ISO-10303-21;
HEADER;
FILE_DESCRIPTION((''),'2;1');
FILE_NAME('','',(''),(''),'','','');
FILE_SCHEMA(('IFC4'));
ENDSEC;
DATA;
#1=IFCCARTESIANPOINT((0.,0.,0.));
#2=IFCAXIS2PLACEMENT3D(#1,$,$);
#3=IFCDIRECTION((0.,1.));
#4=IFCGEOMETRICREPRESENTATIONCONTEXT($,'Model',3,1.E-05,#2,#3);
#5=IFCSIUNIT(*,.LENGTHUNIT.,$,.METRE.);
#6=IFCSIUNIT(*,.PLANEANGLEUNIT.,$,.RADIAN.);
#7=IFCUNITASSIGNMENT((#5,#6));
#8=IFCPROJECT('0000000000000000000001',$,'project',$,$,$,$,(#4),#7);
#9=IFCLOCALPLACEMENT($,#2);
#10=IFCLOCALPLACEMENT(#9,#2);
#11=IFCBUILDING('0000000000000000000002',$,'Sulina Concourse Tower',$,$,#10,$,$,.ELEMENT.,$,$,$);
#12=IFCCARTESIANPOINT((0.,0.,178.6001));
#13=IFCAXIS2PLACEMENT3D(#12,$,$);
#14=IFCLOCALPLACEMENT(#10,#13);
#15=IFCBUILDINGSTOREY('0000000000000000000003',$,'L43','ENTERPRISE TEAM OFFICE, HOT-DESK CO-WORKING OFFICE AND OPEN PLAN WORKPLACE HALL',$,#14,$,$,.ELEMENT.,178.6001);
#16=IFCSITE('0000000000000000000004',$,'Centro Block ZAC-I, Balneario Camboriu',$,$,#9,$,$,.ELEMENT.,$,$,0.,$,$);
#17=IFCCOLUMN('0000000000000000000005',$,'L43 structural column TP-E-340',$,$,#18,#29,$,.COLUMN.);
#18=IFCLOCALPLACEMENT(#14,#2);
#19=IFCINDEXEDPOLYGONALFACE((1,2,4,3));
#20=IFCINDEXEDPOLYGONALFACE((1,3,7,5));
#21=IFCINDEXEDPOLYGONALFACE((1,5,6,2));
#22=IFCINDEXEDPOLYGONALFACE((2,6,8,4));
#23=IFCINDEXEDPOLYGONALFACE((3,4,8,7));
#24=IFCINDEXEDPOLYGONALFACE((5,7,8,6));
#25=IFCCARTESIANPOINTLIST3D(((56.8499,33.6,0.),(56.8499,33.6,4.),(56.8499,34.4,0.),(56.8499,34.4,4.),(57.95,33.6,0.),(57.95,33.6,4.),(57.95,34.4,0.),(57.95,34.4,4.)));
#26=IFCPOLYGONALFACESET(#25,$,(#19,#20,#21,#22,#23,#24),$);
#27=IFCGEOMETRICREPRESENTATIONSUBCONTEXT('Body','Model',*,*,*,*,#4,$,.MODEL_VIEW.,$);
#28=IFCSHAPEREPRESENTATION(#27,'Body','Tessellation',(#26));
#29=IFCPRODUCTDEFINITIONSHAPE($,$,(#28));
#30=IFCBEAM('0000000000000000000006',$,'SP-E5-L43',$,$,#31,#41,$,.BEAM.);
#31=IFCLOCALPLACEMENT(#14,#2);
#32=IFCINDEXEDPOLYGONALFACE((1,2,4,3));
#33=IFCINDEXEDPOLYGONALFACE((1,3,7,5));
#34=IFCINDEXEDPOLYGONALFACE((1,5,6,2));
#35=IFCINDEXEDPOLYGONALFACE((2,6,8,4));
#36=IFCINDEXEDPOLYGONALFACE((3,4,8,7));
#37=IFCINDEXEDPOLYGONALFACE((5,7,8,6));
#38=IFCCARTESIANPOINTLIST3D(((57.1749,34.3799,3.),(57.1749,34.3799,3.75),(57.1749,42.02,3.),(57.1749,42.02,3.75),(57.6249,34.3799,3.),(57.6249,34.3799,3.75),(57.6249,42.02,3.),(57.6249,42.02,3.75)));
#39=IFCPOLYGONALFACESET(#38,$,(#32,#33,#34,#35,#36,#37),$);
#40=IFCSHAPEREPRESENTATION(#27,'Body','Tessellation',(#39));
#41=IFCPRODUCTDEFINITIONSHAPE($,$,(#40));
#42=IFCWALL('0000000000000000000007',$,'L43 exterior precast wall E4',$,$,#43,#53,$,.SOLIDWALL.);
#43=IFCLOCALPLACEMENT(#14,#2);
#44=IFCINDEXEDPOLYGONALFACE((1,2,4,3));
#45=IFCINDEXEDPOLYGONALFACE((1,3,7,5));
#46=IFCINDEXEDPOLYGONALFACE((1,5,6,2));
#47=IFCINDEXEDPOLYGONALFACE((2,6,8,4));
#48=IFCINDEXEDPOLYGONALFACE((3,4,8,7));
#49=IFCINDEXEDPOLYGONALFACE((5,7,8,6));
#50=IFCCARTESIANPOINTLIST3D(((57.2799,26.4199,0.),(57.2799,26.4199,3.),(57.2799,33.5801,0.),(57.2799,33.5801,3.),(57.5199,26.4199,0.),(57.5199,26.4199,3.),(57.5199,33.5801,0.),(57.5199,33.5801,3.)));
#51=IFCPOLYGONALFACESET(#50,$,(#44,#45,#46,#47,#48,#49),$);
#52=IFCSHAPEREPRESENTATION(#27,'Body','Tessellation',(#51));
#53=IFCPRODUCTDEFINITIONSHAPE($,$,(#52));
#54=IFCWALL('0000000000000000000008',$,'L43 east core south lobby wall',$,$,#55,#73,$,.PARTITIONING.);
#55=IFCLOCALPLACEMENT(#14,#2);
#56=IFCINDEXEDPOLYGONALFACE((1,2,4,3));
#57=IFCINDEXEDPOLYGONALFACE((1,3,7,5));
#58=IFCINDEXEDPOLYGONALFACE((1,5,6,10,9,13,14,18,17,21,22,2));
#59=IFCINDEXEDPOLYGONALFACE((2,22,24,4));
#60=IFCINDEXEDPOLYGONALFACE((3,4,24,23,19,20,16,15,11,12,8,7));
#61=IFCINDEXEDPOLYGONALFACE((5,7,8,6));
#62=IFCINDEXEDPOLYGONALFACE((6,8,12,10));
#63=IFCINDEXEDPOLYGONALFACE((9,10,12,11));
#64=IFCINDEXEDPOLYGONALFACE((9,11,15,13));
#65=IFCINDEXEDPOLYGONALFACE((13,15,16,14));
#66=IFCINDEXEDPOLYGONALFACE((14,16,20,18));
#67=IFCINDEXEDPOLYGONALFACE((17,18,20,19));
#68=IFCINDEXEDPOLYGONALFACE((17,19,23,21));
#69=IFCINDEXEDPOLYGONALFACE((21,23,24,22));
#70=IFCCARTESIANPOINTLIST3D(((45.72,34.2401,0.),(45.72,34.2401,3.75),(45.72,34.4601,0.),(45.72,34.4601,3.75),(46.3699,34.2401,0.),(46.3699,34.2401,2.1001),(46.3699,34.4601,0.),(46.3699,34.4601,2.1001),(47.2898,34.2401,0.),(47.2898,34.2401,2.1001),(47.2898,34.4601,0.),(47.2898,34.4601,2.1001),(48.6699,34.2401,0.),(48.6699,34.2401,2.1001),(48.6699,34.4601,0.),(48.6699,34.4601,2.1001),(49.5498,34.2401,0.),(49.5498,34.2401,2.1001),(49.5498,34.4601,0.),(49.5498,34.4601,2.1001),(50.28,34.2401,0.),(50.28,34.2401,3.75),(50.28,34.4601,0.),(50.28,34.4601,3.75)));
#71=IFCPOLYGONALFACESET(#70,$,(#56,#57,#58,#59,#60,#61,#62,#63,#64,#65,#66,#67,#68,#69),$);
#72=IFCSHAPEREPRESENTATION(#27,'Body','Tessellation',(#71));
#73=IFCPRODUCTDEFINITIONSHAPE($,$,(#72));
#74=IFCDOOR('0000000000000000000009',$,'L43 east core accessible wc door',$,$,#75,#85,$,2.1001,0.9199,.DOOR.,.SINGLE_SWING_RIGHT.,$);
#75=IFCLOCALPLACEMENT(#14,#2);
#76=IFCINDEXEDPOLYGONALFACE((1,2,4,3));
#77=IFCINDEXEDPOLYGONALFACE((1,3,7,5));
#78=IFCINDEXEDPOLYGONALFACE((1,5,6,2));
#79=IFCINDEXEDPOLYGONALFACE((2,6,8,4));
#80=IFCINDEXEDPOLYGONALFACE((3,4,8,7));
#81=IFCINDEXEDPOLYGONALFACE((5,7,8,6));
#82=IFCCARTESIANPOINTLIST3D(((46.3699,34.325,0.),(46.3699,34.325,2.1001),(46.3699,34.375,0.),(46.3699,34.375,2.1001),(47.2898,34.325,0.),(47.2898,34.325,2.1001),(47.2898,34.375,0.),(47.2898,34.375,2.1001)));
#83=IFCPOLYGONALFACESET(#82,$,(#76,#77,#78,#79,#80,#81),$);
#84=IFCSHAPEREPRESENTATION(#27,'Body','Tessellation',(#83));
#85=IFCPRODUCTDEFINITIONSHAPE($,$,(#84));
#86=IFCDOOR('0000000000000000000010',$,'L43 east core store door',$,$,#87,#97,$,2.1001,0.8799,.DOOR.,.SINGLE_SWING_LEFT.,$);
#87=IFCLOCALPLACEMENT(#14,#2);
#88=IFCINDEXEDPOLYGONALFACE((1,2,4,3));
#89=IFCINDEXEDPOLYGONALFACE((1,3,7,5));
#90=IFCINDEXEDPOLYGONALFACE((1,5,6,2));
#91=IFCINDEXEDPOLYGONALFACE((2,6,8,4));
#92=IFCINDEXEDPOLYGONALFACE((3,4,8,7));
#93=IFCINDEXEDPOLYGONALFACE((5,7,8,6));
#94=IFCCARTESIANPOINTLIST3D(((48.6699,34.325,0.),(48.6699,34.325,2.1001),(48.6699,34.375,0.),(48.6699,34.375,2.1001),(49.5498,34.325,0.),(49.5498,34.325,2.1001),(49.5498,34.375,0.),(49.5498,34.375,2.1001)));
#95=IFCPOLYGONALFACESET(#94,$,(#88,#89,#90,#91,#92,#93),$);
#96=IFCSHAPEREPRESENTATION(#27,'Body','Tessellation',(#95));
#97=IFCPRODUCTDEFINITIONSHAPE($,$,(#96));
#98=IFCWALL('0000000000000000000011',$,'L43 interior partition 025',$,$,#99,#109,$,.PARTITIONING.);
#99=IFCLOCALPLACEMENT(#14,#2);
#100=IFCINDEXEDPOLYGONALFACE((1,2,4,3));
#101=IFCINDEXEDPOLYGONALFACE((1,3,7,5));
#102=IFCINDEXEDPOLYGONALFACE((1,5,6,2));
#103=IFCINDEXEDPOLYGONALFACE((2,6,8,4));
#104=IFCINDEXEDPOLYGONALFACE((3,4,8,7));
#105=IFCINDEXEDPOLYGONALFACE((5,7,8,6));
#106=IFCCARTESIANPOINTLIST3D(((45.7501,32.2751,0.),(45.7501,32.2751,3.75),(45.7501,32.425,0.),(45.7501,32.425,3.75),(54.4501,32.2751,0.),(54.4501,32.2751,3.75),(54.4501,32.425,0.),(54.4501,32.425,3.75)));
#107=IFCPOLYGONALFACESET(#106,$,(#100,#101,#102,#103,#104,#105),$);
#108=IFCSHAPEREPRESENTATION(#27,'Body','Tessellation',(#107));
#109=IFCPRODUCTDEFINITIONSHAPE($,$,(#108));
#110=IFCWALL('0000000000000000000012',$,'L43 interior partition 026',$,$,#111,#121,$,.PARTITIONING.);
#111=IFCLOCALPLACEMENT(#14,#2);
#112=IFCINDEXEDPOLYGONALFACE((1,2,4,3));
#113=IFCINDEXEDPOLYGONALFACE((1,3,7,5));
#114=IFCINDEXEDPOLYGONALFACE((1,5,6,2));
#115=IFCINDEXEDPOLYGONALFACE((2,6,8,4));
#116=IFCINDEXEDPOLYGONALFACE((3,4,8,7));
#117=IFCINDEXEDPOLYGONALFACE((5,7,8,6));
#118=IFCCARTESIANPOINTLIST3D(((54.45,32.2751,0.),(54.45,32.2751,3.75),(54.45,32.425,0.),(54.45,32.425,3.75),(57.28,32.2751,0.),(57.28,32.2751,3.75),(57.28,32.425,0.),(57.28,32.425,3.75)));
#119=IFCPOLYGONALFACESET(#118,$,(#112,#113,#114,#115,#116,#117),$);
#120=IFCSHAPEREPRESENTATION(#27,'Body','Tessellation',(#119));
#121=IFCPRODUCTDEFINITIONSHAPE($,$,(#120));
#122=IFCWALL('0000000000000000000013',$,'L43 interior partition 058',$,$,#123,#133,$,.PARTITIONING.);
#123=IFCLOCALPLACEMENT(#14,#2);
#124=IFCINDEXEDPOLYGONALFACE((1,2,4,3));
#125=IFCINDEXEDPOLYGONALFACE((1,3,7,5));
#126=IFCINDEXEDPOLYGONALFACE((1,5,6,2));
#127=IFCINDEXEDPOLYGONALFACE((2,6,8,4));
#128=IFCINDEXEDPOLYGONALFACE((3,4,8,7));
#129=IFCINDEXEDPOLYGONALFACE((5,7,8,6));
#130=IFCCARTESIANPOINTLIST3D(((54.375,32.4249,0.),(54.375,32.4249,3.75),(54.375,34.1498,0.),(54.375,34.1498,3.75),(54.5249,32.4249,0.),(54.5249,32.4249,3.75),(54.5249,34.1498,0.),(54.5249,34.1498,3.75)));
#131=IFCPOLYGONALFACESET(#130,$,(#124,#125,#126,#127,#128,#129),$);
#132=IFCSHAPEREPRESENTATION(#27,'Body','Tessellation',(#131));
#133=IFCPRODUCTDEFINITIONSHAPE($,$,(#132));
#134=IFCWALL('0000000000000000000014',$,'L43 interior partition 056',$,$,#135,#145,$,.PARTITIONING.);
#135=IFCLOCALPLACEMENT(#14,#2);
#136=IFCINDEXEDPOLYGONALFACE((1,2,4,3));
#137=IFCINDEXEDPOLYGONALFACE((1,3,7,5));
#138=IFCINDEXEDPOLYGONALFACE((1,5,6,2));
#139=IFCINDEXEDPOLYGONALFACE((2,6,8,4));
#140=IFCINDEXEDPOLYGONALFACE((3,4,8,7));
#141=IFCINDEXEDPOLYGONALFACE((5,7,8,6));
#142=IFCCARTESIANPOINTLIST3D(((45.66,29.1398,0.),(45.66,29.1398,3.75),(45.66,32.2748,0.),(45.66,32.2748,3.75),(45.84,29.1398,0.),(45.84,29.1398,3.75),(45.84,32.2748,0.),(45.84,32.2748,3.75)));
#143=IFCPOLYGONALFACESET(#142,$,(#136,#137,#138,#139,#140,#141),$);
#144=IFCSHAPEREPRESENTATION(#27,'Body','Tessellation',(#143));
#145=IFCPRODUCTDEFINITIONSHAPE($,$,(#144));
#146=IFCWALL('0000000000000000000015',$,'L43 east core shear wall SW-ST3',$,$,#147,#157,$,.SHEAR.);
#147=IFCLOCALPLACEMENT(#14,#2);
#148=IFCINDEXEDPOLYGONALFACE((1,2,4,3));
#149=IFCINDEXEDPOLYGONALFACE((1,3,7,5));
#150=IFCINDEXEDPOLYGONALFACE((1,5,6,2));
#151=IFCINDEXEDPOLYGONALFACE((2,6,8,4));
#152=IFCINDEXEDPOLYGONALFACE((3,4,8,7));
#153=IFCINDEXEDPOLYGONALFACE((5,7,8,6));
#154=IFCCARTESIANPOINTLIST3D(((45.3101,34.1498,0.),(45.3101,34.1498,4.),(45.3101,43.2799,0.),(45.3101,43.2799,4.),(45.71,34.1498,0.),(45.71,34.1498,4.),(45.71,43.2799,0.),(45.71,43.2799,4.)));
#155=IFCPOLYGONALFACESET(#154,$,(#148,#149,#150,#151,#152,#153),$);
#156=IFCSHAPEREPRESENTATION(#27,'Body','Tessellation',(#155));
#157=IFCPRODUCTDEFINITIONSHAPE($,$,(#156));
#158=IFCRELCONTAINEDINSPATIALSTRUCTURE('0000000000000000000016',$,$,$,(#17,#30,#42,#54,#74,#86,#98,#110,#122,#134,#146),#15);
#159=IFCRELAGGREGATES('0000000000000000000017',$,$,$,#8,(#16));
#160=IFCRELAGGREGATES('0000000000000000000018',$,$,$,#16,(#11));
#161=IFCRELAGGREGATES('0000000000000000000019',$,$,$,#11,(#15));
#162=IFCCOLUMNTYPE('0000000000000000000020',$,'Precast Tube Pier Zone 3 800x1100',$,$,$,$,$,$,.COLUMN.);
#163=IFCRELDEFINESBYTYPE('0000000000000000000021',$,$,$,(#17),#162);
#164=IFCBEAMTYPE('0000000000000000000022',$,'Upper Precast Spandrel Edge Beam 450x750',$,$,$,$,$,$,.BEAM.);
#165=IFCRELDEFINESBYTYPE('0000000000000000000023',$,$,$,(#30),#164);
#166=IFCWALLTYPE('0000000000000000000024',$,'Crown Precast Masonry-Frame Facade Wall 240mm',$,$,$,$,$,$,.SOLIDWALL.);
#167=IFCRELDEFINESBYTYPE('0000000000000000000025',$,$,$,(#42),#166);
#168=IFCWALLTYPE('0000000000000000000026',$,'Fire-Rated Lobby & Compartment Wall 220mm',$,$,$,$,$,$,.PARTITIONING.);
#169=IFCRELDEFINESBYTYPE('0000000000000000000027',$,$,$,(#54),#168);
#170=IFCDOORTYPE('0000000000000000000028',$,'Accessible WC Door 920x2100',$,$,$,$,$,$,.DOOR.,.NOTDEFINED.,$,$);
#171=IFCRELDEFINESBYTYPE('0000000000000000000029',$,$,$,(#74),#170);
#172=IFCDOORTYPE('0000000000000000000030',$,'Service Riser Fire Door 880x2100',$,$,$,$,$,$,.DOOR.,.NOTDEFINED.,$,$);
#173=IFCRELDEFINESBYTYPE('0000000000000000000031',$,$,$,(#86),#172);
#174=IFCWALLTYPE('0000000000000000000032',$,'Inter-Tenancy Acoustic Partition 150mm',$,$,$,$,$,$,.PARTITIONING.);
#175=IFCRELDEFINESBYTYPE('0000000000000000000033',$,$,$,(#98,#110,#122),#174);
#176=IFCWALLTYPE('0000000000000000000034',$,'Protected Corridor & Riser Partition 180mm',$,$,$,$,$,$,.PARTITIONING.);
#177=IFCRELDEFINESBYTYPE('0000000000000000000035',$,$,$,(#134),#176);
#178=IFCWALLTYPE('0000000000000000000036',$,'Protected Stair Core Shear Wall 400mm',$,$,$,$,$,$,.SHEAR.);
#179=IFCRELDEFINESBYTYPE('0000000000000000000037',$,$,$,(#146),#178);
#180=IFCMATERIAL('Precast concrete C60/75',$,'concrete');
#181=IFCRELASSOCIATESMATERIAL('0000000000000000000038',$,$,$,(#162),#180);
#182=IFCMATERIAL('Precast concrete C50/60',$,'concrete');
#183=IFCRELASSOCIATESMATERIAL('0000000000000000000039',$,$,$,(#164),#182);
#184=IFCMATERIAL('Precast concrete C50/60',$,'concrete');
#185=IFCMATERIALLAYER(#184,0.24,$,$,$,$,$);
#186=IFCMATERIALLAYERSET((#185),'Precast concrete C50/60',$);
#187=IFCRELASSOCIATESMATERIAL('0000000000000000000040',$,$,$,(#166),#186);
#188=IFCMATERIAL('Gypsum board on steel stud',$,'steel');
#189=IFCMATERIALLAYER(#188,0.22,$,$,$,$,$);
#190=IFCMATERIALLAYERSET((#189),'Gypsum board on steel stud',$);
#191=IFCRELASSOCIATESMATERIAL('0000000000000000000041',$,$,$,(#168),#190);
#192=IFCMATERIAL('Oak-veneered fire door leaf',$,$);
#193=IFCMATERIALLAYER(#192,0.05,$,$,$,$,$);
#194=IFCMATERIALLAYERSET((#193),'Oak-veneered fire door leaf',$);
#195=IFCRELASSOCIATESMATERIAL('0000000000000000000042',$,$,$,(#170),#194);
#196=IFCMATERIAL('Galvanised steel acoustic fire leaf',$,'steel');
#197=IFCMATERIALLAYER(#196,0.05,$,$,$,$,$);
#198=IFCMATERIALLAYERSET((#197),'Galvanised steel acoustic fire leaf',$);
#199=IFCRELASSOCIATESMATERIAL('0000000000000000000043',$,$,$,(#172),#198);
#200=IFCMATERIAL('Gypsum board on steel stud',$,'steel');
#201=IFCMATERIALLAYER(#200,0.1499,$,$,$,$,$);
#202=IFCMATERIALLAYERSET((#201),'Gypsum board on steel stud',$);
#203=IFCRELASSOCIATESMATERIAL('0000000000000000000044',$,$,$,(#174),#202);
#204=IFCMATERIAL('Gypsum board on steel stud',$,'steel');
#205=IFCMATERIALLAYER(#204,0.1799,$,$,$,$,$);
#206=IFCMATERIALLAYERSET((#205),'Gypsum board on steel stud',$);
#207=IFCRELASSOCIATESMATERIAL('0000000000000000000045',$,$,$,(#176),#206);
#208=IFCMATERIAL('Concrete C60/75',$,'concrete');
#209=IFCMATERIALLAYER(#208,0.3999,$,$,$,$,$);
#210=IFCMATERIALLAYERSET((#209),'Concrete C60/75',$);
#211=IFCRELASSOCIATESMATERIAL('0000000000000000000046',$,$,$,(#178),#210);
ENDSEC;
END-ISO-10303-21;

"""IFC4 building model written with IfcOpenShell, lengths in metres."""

from ifc_helpers import new_model, si_unit, direction, frame, frame_2d, origin, origin_2d, place, context, subcontext, project, spatial, rectangle, extrude, material, layer, layer_set, material_profile, profile_set, type_object, element, fill, save


model = new_model("IFC4")

# Units and contexts
model_context = context("Model", 3, precision=1e-05, world=origin(), true_north=direction((0.0, 1.0)))
body_context = subcontext(model_context, "Body", "Model", "MODEL_VIEW")
ifc_project = project(units=[si_unit("LENGTHUNIT", "METRE"), si_unit("PLANEANGLEUNIT", "RADIAN")], contexts=[model_context])

# Site, building, storey
site_placement = place(None, origin())
site = spatial("IfcSite", under=ifc_project, at=site_placement, Name="Centro Block ZAC-I, Balneario Camboriu", CompositionType="ELEMENT", RefElevation=0.0)
building_placement = place(site_placement, origin())
building = spatial("IfcBuilding", under=site, at=building_placement, Name="Sulina Concourse Tower", CompositionType="ELEMENT")
storey_placement = place(building_placement, frame((0.0, 0.0, 178.6001)))
storey = spatial("IfcBuildingStorey", under=building, at=storey_placement, Name="L43", Description="ENTERPRISE TEAM OFFICE, HOT-DESK CO-WORKING OFFICE AND OPEN PLAN WORKPLACE HALL", CompositionType="ELEMENT", Elevation=178.6001)

# Column
ifc_material_1 = material(Name="Precast concrete C60/75", Category="concrete")
ifc_material_profile_1 = material_profile(ifc_material_1, rectangle(XDim=0.8, YDim=1.1001, at=origin_2d()), Name="PC 800x1100")
ifc_profile_set_1 = profile_set([ifc_material_profile_1], Name="Precast concrete C60/75")
column_type = type_object("IfcColumnType", Name="Precast Tube Pier Zone 3 800x1100", PredefinedType="COLUMN", material=ifc_profile_set_1)
column_placement = place(storey_placement, frame((57.3999, 34.0, 0.0), z_axis=(0.0, 0.0, 1.0), x_axis=(0.0, 1.0, 0.0)))
element("IfcColumn", 1, at=column_placement, inside=storey, type_object=column_type, Name="L43 structural column TP-E-340", PredefinedType="COLUMN", context=body_context, shape_type="SweptSolid", body=[
    extrude(rectangle(XDim=0.8, YDim=1.1001, at=origin_2d()), origin(), (0.0, 0.0, 1.0), 4.0),
])

# Beam
ifc_material_2 = material(Name="Precast concrete C50/60", Category="concrete")
ifc_material_profile_2 = material_profile(ifc_material_2, rectangle(XDim=0.45, YDim=0.75, at=origin_2d()), Name="RC 450x750")
ifc_profile_set_2 = profile_set([ifc_material_profile_2], Name="Precast concrete C50/60")
beam_type = type_object("IfcBeamType", Name="Upper Precast Spandrel Edge Beam 450x750", PredefinedType="BEAM", material=ifc_profile_set_2)
beam_placement = place(storey_placement, frame((57.3999, 34.3799, 3.375), z_axis=(0.0, 1.0, 0.0), x_axis=(-1.0, 0.0, 0.0)))
element("IfcBeam", 2, at=beam_placement, inside=storey, type_object=beam_type, Name="SP-E5-L43", PredefinedType="BEAM", context=body_context, shape_type="SweptSolid", body=[
    extrude(rectangle(XDim=0.45, YDim=0.75, at=origin_2d()), origin(), (0.0, 0.0, 1.0), 7.6401),
])

# Wall
ifc_material_3 = material(Name="Precast concrete C50/60", Category="concrete")
ifc_layer_1 = layer(ifc_material_3, 0.24)
ifc_layer_set_1 = layer_set([ifc_layer_1], Name="Precast concrete C50/60")
wall_type_1 = type_object("IfcWallType", Name="Crown Precast Masonry-Frame Facade Wall 240mm", PredefinedType="SOLIDWALL", material=ifc_layer_set_1)
wall_1_placement = place(storey_placement, frame((57.3999, 33.5801, 0.0), z_axis=(0.0, 0.0, 1.0), x_axis=(0.0, -1.0, 0.0)))
element("IfcWall", 3, at=wall_1_placement, inside=storey, type_object=wall_type_1, Name="L43 exterior precast wall E4", PredefinedType="SOLIDWALL", context=body_context, shape_type="SweptSolid", body=[
    extrude(rectangle(XDim=7.1602, YDim=0.24, at=frame_2d((3.5801, 0.0))), origin(), (0.0, 0.0, 1.0), 3.0),
])

# Wall, openings, doors
ifc_material_4 = material(Name="Gypsum board on steel stud", Category="steel")
ifc_layer_2 = layer(ifc_material_4, 0.22)
ifc_layer_set_2 = layer_set([ifc_layer_2], Name="Gypsum board on steel stud")
wall_type_2 = type_object("IfcWallType", Name="Fire-Rated Lobby & Compartment Wall 220mm", PredefinedType="PARTITIONING", material=ifc_layer_set_2)
wall_2_placement = place(storey_placement, frame((45.72, 34.3501, 0.0), z_axis=(0.0, 0.0, 1.0), x_axis=(1.0, 0.0, 0.0)))
wall_2 = element("IfcWall", 4, at=wall_2_placement, inside=storey, type_object=wall_type_2, Name="L43 east core south lobby wall", PredefinedType="PARTITIONING", context=body_context, shape_type="SweptSolid", body=[
    extrude(rectangle(XDim=4.5601, YDim=0.22, at=frame_2d((2.28, 0.0))), origin(), (0.0, 0.0, 1.0), 3.75),
])
opening_1_placement = place(wall_2_placement, frame((0.6499, 0.0, 0.0)))
opening_1 = element("IfcOpeningElement", 5, at=opening_1_placement, cuts=wall_2, PredefinedType="OPENING", context=body_context, shape_type="SweptSolid", body=[
    extrude(rectangle(XDim=0.9199, YDim=2.1001, at=frame_2d((0.46, 1.05))), frame((0.0, 0.1199, 0.0), z_axis=(0.0, -1.0, 0.0), x_axis=(1.0, 0.0, 0.0)), (0.0, 0.0, 1.0), 0.24),
])
opening_2_placement = place(wall_2_placement, frame((2.95, 0.0, 0.0)))
opening_2 = element("IfcOpeningElement", 6, at=opening_2_placement, cuts=wall_2, PredefinedType="OPENING", context=body_context, shape_type="SweptSolid", body=[
    extrude(rectangle(XDim=0.8799, YDim=2.1001, at=frame_2d((0.4399, 1.05))), frame((0.0, 0.1199, 0.0), z_axis=(0.0, -1.0, 0.0), x_axis=(1.0, 0.0, 0.0)), (0.0, 0.0, 1.0), 0.24),
])
ifc_material_5 = material(Name="Oak-veneered fire door leaf")
ifc_layer_3 = layer(ifc_material_5, 0.05)
ifc_layer_set_3 = layer_set([ifc_layer_3], Name="Oak-veneered fire door leaf")
door_type_1 = type_object("IfcDoorType", Name="Accessible WC Door 920x2100", OperationType="NOTDEFINED", PredefinedType="DOOR", material=ifc_layer_set_3)
door_1_placement = place(opening_1_placement, origin())
door_1 = element("IfcDoor", 7, at=door_1_placement, inside=storey, type_object=door_type_1, Name="L43 east core accessible wc door", OperationType="SINGLE_SWING_RIGHT", OverallHeight=2.1001, OverallWidth=0.9199, PredefinedType="DOOR", context=body_context, shape_type="SweptSolid", body=[
    extrude(rectangle(XDim=0.9199, YDim=2.1001, at=frame_2d((0.46, 1.05))), frame((0.0, 0.0249, 0.0), z_axis=(0.0, -1.0, 0.0), x_axis=(1.0, 0.0, 0.0)), (0.0, 0.0, 1.0), 0.05),
])
fill(opening_1, door_1)
ifc_material_6 = material(Name="Galvanised steel acoustic fire leaf", Category="steel")
ifc_layer_4 = layer(ifc_material_6, 0.05)
ifc_layer_set_4 = layer_set([ifc_layer_4], Name="Galvanised steel acoustic fire leaf")
door_type_2 = type_object("IfcDoorType", Name="Service Riser Fire Door 880x2100", OperationType="NOTDEFINED", PredefinedType="DOOR", material=ifc_layer_set_4)
door_2_placement = place(opening_2_placement, origin())
door_2 = element("IfcDoor", 8, at=door_2_placement, inside=storey, type_object=door_type_2, Name="L43 east core store door", OperationType="SINGLE_SWING_LEFT", OverallHeight=2.1001, OverallWidth=0.8799, PredefinedType="DOOR", context=body_context, shape_type="SweptSolid", body=[
    extrude(rectangle(XDim=0.8799, YDim=2.1001, at=frame_2d((0.4399, 1.05))), frame((0.0, 0.0249, 0.0), z_axis=(0.0, -1.0, 0.0), x_axis=(1.0, 0.0, 0.0)), (0.0, 0.0, 1.0), 0.05),
])
fill(opening_2, door_2)

# Walls
ifc_material_7 = material(Name="Gypsum board on steel stud", Category="steel")
ifc_layer_5 = layer(ifc_material_7, 0.1499)
ifc_layer_set_5 = layer_set([ifc_layer_5], Name="Gypsum board on steel stud")
wall_type_3 = type_object("IfcWallType", Name="Inter-Tenancy Acoustic Partition 150mm", PredefinedType="PARTITIONING", material=ifc_layer_set_5)
wall_3_placement = place(storey_placement, frame((45.75, 32.3501, 0.0), z_axis=(0.0, 0.0, 1.0), x_axis=(1.0, 0.0, 0.0)))
element("IfcWall", 9, at=wall_3_placement, inside=storey, type_object=wall_type_3, Name="L43 interior partition 025", PredefinedType="PARTITIONING", context=body_context, shape_type="SweptSolid", body=[
    extrude(rectangle(XDim=8.7, YDim=0.1499, at=frame_2d((4.3501, 0.0))), origin(), (0.0, 0.0, 1.0), 3.75),
])
wall_4_placement = place(storey_placement, frame((54.45, 32.3501, 0.0), z_axis=(0.0, 0.0, 1.0), x_axis=(1.0, 0.0, 0.0)))
element("IfcWall", 10, at=wall_4_placement, inside=storey, type_object=wall_type_3, Name="L43 interior partition 026", PredefinedType="PARTITIONING", context=body_context, shape_type="SweptSolid", body=[
    extrude(rectangle(XDim=2.8301, YDim=0.1499, at=frame_2d((1.415, 0.0))), origin(), (0.0, 0.0, 1.0), 3.75),
])
wall_5_placement = place(storey_placement, frame((54.45, 32.425, 0.0), z_axis=(0.0, 0.0, 1.0), x_axis=(0.0, 1.0, 0.0)))
element("IfcWall", 11, at=wall_5_placement, inside=storey, type_object=wall_type_3, Name="L43 interior partition 058", PredefinedType="PARTITIONING", context=body_context, shape_type="SweptSolid", body=[
    extrude(rectangle(XDim=1.7249, YDim=0.1499, at=frame_2d((0.8623, 0.0))), origin(), (0.0, 0.0, 1.0), 3.75),
])
ifc_material_8 = material(Name="Gypsum board on steel stud", Category="steel")
ifc_layer_6 = layer(ifc_material_8, 0.1799)
ifc_layer_set_6 = layer_set([ifc_layer_6], Name="Gypsum board on steel stud")
wall_type_4 = type_object("IfcWallType", Name="Protected Corridor & Riser Partition 180mm", PredefinedType="PARTITIONING", material=ifc_layer_set_6)
wall_6_placement = place(storey_placement, frame((45.75, 29.1399, 0.0), z_axis=(0.0, 0.0, 1.0), x_axis=(0.0, 1.0, 0.0)))
element("IfcWall", 12, at=wall_6_placement, inside=storey, type_object=wall_type_4, Name="L43 interior partition 056", PredefinedType="PARTITIONING", context=body_context, shape_type="SweptSolid", body=[
    extrude(rectangle(XDim=3.135, YDim=0.1799, at=frame_2d((1.5674, 0.0))), origin(), (0.0, 0.0, 1.0), 3.75),
])
ifc_material_9 = material(Name="Concrete C60/75", Category="concrete")
ifc_layer_7 = layer(ifc_material_9, 0.3999)
ifc_layer_set_7 = layer_set([ifc_layer_7], Name="Concrete C60/75")
wall_type_5 = type_object("IfcWallType", Name="Protected Stair Core Shear Wall 400mm", PredefinedType="SHEAR", material=ifc_layer_set_7)
wall_7_placement = place(storey_placement, frame((45.51, 34.1499, 0.0), z_axis=(0.0, 0.0, 1.0), x_axis=(0.0, 1.0, 0.0)))
element("IfcWall", 13, at=wall_7_placement, inside=storey, type_object=wall_type_5, Name="L43 east core shear wall SW-ST3", PredefinedType="SHEAR", context=body_context, shape_type="SweptSolid", body=[
    extrude(rectangle(XDim=9.1301, YDim=0.3999, at=frame_2d((4.5649, 0.0))), origin(), (0.0, 0.0, 1.0), 4.0),
])

save(model, "model.ifc")
